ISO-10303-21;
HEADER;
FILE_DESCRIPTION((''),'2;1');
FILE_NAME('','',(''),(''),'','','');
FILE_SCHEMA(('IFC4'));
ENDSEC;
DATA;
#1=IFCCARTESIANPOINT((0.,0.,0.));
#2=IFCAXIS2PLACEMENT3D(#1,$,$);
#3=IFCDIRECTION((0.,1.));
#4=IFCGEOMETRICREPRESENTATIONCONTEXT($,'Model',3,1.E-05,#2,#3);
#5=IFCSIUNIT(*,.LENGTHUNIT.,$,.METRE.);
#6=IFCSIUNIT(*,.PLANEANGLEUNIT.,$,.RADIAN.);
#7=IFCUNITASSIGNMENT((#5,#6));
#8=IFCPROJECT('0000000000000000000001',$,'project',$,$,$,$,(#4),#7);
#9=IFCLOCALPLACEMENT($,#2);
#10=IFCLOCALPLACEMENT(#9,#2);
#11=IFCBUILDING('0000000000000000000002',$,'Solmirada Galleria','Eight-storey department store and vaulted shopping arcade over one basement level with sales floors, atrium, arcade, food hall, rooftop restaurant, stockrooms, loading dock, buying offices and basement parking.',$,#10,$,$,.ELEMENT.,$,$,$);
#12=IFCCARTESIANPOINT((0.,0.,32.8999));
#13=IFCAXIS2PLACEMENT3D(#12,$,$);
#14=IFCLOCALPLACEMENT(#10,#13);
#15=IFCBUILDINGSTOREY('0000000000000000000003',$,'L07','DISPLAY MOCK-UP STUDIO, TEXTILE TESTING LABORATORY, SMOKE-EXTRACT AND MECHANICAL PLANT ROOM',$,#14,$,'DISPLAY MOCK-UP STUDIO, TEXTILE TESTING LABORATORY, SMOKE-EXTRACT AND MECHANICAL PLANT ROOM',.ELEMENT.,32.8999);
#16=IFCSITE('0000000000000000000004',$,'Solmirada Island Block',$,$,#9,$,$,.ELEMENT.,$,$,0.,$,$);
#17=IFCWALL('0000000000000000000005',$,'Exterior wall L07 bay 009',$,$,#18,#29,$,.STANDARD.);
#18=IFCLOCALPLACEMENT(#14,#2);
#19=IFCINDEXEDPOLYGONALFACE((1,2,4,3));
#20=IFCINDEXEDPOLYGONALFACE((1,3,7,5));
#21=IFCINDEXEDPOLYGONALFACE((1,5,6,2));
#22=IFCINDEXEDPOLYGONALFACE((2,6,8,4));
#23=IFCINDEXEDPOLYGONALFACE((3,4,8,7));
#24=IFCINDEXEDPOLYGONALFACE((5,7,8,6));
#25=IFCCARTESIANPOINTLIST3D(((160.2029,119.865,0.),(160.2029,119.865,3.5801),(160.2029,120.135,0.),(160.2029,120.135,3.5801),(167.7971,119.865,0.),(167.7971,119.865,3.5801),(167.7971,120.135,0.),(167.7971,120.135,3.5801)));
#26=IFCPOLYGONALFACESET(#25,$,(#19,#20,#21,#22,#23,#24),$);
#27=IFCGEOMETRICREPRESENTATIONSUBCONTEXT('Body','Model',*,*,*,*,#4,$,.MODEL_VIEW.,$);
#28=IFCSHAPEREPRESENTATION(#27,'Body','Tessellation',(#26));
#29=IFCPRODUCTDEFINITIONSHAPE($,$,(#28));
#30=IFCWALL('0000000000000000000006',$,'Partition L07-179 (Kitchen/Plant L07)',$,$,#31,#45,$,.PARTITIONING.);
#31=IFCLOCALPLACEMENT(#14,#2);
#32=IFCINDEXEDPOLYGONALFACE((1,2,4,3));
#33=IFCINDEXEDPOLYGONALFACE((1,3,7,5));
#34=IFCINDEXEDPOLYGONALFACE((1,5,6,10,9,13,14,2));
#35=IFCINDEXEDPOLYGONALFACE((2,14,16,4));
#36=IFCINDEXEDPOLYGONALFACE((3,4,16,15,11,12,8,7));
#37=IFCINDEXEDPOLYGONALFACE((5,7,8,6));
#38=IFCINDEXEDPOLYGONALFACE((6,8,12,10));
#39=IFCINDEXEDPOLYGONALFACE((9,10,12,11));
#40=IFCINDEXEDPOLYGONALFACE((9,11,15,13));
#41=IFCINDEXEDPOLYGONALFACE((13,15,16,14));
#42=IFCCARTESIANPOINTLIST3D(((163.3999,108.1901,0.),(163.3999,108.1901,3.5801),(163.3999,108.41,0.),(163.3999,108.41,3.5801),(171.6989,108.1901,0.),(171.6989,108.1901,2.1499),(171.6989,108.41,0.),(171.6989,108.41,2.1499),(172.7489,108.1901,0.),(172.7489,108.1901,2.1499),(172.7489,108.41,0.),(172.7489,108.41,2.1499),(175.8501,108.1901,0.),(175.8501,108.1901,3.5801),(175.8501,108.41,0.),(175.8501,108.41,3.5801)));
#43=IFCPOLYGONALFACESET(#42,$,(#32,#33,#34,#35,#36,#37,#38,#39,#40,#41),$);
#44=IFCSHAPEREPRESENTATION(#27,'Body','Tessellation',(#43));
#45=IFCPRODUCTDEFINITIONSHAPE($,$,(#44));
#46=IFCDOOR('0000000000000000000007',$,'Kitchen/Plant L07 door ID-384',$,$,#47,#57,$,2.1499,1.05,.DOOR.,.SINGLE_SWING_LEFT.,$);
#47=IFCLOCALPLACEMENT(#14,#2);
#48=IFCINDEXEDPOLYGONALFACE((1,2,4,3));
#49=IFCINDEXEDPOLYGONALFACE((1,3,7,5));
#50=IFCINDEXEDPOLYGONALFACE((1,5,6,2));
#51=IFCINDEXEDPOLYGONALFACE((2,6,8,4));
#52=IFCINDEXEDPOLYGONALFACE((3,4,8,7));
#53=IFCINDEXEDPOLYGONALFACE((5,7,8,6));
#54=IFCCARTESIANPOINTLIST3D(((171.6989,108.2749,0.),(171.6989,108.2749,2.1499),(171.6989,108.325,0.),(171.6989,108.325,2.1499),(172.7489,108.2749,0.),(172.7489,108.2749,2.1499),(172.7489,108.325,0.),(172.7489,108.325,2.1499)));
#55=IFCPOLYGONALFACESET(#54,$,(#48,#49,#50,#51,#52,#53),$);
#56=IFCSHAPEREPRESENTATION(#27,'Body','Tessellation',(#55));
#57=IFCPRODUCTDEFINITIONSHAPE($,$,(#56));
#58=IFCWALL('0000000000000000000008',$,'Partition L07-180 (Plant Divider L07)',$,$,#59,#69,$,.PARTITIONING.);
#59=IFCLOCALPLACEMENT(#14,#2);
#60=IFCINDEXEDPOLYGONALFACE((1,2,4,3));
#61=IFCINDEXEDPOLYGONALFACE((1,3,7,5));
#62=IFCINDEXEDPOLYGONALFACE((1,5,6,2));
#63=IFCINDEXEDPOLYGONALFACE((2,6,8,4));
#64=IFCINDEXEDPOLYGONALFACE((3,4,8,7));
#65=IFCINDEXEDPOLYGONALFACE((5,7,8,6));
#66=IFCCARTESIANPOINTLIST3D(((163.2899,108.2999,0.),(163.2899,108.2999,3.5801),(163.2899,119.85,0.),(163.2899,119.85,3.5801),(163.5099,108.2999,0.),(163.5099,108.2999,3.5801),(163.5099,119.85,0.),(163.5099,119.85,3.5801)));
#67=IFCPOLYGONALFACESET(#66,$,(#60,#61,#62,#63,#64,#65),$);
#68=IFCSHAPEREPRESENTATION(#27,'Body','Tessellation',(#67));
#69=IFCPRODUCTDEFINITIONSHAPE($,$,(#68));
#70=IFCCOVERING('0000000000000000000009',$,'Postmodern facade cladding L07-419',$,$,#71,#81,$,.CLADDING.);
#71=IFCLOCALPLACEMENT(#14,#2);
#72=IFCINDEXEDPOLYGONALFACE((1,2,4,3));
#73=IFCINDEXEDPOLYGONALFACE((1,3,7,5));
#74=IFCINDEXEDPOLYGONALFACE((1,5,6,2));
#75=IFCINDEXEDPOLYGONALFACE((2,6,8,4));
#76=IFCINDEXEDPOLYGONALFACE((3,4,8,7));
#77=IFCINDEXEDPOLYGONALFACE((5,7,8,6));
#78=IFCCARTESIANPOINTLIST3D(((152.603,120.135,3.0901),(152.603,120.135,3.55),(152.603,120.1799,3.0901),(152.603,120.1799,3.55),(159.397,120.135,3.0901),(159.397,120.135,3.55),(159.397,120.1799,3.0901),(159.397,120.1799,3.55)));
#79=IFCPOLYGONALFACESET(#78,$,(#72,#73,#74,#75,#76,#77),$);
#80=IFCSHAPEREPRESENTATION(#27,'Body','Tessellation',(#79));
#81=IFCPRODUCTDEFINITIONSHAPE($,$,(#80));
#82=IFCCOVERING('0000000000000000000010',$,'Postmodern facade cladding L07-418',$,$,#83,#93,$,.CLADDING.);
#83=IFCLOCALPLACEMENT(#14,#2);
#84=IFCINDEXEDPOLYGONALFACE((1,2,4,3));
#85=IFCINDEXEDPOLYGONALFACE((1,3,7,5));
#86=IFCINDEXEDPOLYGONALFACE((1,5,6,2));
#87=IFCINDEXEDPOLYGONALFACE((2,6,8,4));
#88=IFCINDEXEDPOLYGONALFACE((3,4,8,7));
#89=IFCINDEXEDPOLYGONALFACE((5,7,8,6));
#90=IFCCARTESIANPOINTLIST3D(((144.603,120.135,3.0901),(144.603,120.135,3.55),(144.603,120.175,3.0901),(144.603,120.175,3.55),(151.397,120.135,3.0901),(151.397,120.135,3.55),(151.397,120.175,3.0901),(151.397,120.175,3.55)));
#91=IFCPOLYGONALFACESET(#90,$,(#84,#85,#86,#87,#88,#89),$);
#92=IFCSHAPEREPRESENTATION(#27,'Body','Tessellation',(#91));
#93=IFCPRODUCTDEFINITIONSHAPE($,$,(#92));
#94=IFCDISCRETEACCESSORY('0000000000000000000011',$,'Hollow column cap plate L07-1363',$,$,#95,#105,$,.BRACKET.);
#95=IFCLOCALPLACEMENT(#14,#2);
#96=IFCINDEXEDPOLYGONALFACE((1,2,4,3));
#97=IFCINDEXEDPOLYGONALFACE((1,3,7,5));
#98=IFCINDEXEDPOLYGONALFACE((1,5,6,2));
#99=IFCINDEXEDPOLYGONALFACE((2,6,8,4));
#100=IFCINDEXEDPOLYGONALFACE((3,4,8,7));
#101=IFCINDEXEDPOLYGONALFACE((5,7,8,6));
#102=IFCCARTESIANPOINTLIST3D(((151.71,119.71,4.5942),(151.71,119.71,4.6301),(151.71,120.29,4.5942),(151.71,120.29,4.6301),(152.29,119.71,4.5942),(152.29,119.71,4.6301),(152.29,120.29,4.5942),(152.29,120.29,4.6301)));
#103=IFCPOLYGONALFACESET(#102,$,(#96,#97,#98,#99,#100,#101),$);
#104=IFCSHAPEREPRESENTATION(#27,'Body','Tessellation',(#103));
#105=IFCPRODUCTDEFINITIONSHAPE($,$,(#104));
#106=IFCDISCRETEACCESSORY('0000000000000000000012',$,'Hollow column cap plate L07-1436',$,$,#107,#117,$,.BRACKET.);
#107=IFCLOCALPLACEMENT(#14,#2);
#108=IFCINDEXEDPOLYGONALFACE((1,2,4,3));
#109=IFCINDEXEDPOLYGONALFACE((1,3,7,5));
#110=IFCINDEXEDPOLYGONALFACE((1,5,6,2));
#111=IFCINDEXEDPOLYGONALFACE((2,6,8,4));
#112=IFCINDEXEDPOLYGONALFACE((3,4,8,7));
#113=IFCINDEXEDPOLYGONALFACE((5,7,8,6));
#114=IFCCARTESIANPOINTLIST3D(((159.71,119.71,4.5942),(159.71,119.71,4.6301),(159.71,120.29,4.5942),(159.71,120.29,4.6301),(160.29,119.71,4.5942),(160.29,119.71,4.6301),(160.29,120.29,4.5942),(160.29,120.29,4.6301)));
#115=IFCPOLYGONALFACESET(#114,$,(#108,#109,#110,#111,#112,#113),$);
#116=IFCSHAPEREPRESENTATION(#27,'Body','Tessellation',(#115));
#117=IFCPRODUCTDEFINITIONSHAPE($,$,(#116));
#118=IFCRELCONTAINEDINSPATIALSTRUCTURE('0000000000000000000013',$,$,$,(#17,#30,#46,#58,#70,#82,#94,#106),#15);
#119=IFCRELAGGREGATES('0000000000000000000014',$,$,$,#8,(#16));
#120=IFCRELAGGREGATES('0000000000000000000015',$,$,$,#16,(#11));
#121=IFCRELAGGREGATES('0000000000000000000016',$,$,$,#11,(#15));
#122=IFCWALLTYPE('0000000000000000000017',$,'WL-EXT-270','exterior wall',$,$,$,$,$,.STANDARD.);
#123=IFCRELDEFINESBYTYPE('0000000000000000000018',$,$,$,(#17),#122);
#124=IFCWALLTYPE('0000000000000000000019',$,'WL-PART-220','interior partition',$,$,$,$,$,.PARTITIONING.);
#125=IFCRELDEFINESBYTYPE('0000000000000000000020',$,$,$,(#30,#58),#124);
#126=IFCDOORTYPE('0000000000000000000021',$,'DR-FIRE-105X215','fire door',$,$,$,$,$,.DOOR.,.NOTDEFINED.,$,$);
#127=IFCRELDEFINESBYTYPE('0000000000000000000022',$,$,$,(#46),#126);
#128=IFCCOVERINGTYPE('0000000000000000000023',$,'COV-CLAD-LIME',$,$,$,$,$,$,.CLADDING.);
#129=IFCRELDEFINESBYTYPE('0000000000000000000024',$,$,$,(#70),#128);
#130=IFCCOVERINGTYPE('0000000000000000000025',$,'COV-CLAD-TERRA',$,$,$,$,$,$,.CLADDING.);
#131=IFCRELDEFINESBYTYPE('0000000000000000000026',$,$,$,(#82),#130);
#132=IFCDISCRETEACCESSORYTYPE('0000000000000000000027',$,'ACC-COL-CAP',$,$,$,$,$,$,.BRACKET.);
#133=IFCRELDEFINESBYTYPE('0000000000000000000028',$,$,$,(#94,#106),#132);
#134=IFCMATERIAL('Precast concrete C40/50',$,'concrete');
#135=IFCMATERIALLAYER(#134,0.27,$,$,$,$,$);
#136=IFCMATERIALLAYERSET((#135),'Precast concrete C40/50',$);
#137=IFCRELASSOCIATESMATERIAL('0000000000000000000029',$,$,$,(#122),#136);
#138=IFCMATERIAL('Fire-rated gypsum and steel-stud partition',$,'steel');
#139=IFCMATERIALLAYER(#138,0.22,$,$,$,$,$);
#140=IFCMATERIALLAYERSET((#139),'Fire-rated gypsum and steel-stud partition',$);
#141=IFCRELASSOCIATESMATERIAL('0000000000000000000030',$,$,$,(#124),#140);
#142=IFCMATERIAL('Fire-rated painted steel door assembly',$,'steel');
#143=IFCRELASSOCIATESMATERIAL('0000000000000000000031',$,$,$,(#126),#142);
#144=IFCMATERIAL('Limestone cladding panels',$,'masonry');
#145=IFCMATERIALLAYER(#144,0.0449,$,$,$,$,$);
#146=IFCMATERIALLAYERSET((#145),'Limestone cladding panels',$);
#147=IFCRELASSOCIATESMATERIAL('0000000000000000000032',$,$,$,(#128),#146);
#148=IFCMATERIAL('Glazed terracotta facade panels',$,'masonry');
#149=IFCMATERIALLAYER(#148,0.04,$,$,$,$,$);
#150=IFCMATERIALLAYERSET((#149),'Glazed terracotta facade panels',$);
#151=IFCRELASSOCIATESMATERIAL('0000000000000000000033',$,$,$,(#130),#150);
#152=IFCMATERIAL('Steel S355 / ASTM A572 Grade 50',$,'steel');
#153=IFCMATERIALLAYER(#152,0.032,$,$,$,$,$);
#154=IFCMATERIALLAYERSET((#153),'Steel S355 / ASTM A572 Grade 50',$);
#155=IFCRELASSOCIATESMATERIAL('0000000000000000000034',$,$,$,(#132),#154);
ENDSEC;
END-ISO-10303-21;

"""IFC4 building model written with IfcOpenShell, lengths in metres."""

from ifc_helpers import new_model, si_unit, direction, frame, frame_2d, origin, origin_2d, place, context, subcontext, project, spatial, rectangle, extrude, material, layer, layer_set, type_object, element, fill, save


model = new_model("IFC4")

# Units and contexts
model_context = context("Model", 3, precision=1e-05, world=origin(), true_north=direction((0.0, 1.0)))
body_context = subcontext(model_context, "Body", "Model", "MODEL_VIEW")
ifc_project = project(units=[si_unit("LENGTHUNIT", "METRE"), si_unit("PLANEANGLEUNIT", "RADIAN")], contexts=[model_context])

# Site, building, storey
site_placement = place(None, origin())
site = spatial("IfcSite", under=ifc_project, at=site_placement, Name="Solmirada Island Block", CompositionType="ELEMENT", RefElevation=0.0)
building_placement = place(site_placement, origin())
building = spatial("IfcBuilding", under=site, at=building_placement, Name="Solmirada Galleria", Description="Eight-storey department store and vaulted shopping arcade over one basement level with sales floors, atrium, arcade, food hall, rooftop restaurant, stockrooms, loading dock, buying offices and basement parking.", CompositionType="ELEMENT")
storey_placement = place(building_placement, frame((0.0, 0.0, 32.8999)))
storey = spatial("IfcBuildingStorey", under=building, at=storey_placement, Name="L07", Description="DISPLAY MOCK-UP STUDIO, TEXTILE TESTING LABORATORY, SMOKE-EXTRACT AND MECHANICAL PLANT ROOM", LongName="DISPLAY MOCK-UP STUDIO, TEXTILE TESTING LABORATORY, SMOKE-EXTRACT AND MECHANICAL PLANT ROOM", CompositionType="ELEMENT", Elevation=32.8999)

# Shared definitions
ifc_material_1 = material(Name="Precast concrete C40/50", Category="concrete")
ifc_layer_1 = layer(ifc_material_1, 0.27)
ifc_layer_set_1 = layer_set([ifc_layer_1], Name="Precast concrete C40/50")
wall_type_1 = type_object("IfcWallType", Name="WL-EXT-270", Description="exterior wall", PredefinedType="STANDARD", material=ifc_layer_set_1)

# Wall
wall_1_placement = place(storey_placement, frame((160.2029, 120.0, 0.0), z_axis=(0.0, 0.0, 1.0), x_axis=(1.0, 0.0, 0.0)))
element("IfcWall", 1, at=wall_1_placement, inside=storey, type_object=wall_type_1, Name="Exterior wall L07 bay 009", PredefinedType="STANDARD", context=body_context, shape_type="SweptSolid", body=[
    extrude(rectangle(XDim=7.5942, YDim=0.27, at=frame_2d((3.7971, 0.0))), origin(), (0.0, 0.0, 1.0), 3.5801),
])

# Wall, opening, door
ifc_material_2 = material(Name="Fire-rated gypsum and steel-stud partition", Category="steel")
ifc_layer_2 = layer(ifc_material_2, 0.22)
ifc_layer_set_2 = layer_set([ifc_layer_2], Name="Fire-rated gypsum and steel-stud partition")
wall_type_2 = type_object("IfcWallType", Name="WL-PART-220", Description="interior partition", PredefinedType="PARTITIONING", material=ifc_layer_set_2)
wall_2_placement = place(storey_placement, frame((163.3999, 108.3, 0.0), z_axis=(0.0, 0.0, 1.0), x_axis=(1.0, 0.0, 0.0)))
wall_2 = element("IfcWall", 2, at=wall_2_placement, inside=storey, type_object=wall_type_2, Name="Partition L07-179 (Kitchen/Plant L07)", PredefinedType="PARTITIONING", context=body_context, shape_type="SweptSolid", body=[
    extrude(rectangle(XDim=12.4502, YDim=0.22, at=frame_2d((6.2251, 0.0))), origin(), (0.0, 0.0, 1.0), 3.5801),
])
opening_1_placement = place(wall_2_placement, frame((8.2991, 0.0, 0.0)))
opening_1 = element("IfcOpeningElement", 3, at=opening_1_placement, cuts=wall_2, PredefinedType="OPENING", context=body_context, shape_type="SweptSolid", body=[
    extrude(rectangle(XDim=1.05, YDim=2.1499, at=frame_2d((0.5249, 1.075))), frame((0.0, 0.1199, 0.0), z_axis=(0.0, -1.0, 0.0), x_axis=(1.0, 0.0, 0.0)), (0.0, 0.0, 1.0), 0.24),
])
ifc_material_3 = material(Name="Fire-rated painted steel door assembly", Category="steel")
door_type = type_object("IfcDoorType", Name="DR-FIRE-105X215", Description="fire door", OperationType="NOTDEFINED", PredefinedType="DOOR", material=ifc_material_3)
door_placement = place(opening_1_placement, origin())
door = element("IfcDoor", 4, at=door_placement, inside=storey, type_object=door_type, Name="Kitchen/Plant L07 door ID-384", OperationType="SINGLE_SWING_LEFT", OverallHeight=2.1499, OverallWidth=1.05, PredefinedType="DOOR", context=body_context, shape_type="SweptSolid", body=[
    extrude(rectangle(XDim=1.05, YDim=2.1499, at=frame_2d((0.5249, 1.075))), frame((0.0, 0.0249, 0.0), z_axis=(0.0, -1.0, 0.0), x_axis=(1.0, 0.0, 0.0)), (0.0, 0.0, 1.0), 0.05),
])
fill(opening_1, door)

# Wall
wall_3_placement = place(storey_placement, frame((163.3999, 108.3, 0.0), z_axis=(0.0, 0.0, 1.0), x_axis=(0.0, 1.0, 0.0)))
element("IfcWall", 5, at=wall_3_placement, inside=storey, type_object=wall_type_2, Name="Partition L07-180 (Plant Divider L07)", PredefinedType="PARTITIONING", context=body_context, shape_type="SweptSolid", body=[
    extrude(rectangle(XDim=11.55, YDim=0.22, at=frame_2d((5.7749, 0.0))), origin(), (0.0, 0.0, 1.0), 3.5801),
])

# Coverings
ifc_material_4 = material(Name="Limestone cladding panels", Category="masonry")
ifc_layer_3 = layer(ifc_material_4, 0.0449)
ifc_layer_set_3 = layer_set([ifc_layer_3], Name="Limestone cladding panels")
covering_type_1 = type_object("IfcCoveringType", Name="COV-CLAD-LIME", PredefinedType="CLADDING", material=ifc_layer_set_3)
covering_1_placement = place(storey_placement, frame((156.0, 120.1575, 3.0901), z_axis=(0.0, 0.0, 1.0), x_axis=(1.0, 0.0, 0.0)))
element("IfcCovering", 6, at=covering_1_placement, inside=storey, type_object=covering_type_1, Name="Postmodern facade cladding L07-419", PredefinedType="CLADDING", context=body_context, shape_type="SweptSolid", body=[
    extrude(rectangle(XDim=6.7939, YDim=0.0449, at=origin_2d()), origin(), (0.0, 0.0, 1.0), 0.46),
])
ifc_material_5 = material(Name="Glazed terracotta facade panels", Category="masonry")
ifc_layer_4 = layer(ifc_material_5, 0.04)
ifc_layer_set_4 = layer_set([ifc_layer_4], Name="Glazed terracotta facade panels")
covering_type_2 = type_object("IfcCoveringType", Name="COV-CLAD-TERRA", PredefinedType="CLADDING", material=ifc_layer_set_4)
covering_2_placement = place(storey_placement, frame((148.0, 120.155, 3.0901), z_axis=(0.0, 0.0, 1.0), x_axis=(1.0, 0.0, 0.0)))
element("IfcCovering", 7, at=covering_2_placement, inside=storey, type_object=covering_type_2, Name="Postmodern facade cladding L07-418", PredefinedType="CLADDING", context=body_context, shape_type="SweptSolid", body=[
    extrude(rectangle(XDim=6.7939, YDim=0.04, at=origin_2d()), origin(), (0.0, 0.0, 1.0), 0.46),
])

# Discrete accessories
ifc_material_6 = material(Name="Steel S355 / ASTM A572 Grade 50", Category="steel")
ifc_layer_5 = layer(ifc_material_6, 0.032)
ifc_layer_set_5 = layer_set([ifc_layer_5], Name="Steel S355 / ASTM A572 Grade 50")
discrete_accessory_type = type_object("IfcDiscreteAccessoryType", Name="ACC-COL-CAP", PredefinedType="BRACKET", material=ifc_layer_set_5)
for number, where, z_axis, x_axis, name in (
    (8, (152.0, 120.0, 4.5942), (0.0, 0.0, 1.0), (1.0, 0.0, 0.0), "Hollow column cap plate L07-1363"),
    (9, (160.0, 120.0, 4.5942), (0.0, 0.0, 1.0), (1.0, 0.0, 0.0), "Hollow column cap plate L07-1436"),
):
    element("IfcDiscreteAccessory", number, at=place(storey_placement, frame(where, z_axis=z_axis, x_axis=x_axis)), inside=storey, type_object=discrete_accessory_type, Name=name, PredefinedType="BRACKET", context=body_context, shape_type="SweptSolid", body=[
        extrude(rectangle(XDim=0.5801, YDim=0.5801, at=origin_2d()), origin(), (0.0, 0.0, 1.0), 0.0359),
    ])

save(model, "model.ifc")
